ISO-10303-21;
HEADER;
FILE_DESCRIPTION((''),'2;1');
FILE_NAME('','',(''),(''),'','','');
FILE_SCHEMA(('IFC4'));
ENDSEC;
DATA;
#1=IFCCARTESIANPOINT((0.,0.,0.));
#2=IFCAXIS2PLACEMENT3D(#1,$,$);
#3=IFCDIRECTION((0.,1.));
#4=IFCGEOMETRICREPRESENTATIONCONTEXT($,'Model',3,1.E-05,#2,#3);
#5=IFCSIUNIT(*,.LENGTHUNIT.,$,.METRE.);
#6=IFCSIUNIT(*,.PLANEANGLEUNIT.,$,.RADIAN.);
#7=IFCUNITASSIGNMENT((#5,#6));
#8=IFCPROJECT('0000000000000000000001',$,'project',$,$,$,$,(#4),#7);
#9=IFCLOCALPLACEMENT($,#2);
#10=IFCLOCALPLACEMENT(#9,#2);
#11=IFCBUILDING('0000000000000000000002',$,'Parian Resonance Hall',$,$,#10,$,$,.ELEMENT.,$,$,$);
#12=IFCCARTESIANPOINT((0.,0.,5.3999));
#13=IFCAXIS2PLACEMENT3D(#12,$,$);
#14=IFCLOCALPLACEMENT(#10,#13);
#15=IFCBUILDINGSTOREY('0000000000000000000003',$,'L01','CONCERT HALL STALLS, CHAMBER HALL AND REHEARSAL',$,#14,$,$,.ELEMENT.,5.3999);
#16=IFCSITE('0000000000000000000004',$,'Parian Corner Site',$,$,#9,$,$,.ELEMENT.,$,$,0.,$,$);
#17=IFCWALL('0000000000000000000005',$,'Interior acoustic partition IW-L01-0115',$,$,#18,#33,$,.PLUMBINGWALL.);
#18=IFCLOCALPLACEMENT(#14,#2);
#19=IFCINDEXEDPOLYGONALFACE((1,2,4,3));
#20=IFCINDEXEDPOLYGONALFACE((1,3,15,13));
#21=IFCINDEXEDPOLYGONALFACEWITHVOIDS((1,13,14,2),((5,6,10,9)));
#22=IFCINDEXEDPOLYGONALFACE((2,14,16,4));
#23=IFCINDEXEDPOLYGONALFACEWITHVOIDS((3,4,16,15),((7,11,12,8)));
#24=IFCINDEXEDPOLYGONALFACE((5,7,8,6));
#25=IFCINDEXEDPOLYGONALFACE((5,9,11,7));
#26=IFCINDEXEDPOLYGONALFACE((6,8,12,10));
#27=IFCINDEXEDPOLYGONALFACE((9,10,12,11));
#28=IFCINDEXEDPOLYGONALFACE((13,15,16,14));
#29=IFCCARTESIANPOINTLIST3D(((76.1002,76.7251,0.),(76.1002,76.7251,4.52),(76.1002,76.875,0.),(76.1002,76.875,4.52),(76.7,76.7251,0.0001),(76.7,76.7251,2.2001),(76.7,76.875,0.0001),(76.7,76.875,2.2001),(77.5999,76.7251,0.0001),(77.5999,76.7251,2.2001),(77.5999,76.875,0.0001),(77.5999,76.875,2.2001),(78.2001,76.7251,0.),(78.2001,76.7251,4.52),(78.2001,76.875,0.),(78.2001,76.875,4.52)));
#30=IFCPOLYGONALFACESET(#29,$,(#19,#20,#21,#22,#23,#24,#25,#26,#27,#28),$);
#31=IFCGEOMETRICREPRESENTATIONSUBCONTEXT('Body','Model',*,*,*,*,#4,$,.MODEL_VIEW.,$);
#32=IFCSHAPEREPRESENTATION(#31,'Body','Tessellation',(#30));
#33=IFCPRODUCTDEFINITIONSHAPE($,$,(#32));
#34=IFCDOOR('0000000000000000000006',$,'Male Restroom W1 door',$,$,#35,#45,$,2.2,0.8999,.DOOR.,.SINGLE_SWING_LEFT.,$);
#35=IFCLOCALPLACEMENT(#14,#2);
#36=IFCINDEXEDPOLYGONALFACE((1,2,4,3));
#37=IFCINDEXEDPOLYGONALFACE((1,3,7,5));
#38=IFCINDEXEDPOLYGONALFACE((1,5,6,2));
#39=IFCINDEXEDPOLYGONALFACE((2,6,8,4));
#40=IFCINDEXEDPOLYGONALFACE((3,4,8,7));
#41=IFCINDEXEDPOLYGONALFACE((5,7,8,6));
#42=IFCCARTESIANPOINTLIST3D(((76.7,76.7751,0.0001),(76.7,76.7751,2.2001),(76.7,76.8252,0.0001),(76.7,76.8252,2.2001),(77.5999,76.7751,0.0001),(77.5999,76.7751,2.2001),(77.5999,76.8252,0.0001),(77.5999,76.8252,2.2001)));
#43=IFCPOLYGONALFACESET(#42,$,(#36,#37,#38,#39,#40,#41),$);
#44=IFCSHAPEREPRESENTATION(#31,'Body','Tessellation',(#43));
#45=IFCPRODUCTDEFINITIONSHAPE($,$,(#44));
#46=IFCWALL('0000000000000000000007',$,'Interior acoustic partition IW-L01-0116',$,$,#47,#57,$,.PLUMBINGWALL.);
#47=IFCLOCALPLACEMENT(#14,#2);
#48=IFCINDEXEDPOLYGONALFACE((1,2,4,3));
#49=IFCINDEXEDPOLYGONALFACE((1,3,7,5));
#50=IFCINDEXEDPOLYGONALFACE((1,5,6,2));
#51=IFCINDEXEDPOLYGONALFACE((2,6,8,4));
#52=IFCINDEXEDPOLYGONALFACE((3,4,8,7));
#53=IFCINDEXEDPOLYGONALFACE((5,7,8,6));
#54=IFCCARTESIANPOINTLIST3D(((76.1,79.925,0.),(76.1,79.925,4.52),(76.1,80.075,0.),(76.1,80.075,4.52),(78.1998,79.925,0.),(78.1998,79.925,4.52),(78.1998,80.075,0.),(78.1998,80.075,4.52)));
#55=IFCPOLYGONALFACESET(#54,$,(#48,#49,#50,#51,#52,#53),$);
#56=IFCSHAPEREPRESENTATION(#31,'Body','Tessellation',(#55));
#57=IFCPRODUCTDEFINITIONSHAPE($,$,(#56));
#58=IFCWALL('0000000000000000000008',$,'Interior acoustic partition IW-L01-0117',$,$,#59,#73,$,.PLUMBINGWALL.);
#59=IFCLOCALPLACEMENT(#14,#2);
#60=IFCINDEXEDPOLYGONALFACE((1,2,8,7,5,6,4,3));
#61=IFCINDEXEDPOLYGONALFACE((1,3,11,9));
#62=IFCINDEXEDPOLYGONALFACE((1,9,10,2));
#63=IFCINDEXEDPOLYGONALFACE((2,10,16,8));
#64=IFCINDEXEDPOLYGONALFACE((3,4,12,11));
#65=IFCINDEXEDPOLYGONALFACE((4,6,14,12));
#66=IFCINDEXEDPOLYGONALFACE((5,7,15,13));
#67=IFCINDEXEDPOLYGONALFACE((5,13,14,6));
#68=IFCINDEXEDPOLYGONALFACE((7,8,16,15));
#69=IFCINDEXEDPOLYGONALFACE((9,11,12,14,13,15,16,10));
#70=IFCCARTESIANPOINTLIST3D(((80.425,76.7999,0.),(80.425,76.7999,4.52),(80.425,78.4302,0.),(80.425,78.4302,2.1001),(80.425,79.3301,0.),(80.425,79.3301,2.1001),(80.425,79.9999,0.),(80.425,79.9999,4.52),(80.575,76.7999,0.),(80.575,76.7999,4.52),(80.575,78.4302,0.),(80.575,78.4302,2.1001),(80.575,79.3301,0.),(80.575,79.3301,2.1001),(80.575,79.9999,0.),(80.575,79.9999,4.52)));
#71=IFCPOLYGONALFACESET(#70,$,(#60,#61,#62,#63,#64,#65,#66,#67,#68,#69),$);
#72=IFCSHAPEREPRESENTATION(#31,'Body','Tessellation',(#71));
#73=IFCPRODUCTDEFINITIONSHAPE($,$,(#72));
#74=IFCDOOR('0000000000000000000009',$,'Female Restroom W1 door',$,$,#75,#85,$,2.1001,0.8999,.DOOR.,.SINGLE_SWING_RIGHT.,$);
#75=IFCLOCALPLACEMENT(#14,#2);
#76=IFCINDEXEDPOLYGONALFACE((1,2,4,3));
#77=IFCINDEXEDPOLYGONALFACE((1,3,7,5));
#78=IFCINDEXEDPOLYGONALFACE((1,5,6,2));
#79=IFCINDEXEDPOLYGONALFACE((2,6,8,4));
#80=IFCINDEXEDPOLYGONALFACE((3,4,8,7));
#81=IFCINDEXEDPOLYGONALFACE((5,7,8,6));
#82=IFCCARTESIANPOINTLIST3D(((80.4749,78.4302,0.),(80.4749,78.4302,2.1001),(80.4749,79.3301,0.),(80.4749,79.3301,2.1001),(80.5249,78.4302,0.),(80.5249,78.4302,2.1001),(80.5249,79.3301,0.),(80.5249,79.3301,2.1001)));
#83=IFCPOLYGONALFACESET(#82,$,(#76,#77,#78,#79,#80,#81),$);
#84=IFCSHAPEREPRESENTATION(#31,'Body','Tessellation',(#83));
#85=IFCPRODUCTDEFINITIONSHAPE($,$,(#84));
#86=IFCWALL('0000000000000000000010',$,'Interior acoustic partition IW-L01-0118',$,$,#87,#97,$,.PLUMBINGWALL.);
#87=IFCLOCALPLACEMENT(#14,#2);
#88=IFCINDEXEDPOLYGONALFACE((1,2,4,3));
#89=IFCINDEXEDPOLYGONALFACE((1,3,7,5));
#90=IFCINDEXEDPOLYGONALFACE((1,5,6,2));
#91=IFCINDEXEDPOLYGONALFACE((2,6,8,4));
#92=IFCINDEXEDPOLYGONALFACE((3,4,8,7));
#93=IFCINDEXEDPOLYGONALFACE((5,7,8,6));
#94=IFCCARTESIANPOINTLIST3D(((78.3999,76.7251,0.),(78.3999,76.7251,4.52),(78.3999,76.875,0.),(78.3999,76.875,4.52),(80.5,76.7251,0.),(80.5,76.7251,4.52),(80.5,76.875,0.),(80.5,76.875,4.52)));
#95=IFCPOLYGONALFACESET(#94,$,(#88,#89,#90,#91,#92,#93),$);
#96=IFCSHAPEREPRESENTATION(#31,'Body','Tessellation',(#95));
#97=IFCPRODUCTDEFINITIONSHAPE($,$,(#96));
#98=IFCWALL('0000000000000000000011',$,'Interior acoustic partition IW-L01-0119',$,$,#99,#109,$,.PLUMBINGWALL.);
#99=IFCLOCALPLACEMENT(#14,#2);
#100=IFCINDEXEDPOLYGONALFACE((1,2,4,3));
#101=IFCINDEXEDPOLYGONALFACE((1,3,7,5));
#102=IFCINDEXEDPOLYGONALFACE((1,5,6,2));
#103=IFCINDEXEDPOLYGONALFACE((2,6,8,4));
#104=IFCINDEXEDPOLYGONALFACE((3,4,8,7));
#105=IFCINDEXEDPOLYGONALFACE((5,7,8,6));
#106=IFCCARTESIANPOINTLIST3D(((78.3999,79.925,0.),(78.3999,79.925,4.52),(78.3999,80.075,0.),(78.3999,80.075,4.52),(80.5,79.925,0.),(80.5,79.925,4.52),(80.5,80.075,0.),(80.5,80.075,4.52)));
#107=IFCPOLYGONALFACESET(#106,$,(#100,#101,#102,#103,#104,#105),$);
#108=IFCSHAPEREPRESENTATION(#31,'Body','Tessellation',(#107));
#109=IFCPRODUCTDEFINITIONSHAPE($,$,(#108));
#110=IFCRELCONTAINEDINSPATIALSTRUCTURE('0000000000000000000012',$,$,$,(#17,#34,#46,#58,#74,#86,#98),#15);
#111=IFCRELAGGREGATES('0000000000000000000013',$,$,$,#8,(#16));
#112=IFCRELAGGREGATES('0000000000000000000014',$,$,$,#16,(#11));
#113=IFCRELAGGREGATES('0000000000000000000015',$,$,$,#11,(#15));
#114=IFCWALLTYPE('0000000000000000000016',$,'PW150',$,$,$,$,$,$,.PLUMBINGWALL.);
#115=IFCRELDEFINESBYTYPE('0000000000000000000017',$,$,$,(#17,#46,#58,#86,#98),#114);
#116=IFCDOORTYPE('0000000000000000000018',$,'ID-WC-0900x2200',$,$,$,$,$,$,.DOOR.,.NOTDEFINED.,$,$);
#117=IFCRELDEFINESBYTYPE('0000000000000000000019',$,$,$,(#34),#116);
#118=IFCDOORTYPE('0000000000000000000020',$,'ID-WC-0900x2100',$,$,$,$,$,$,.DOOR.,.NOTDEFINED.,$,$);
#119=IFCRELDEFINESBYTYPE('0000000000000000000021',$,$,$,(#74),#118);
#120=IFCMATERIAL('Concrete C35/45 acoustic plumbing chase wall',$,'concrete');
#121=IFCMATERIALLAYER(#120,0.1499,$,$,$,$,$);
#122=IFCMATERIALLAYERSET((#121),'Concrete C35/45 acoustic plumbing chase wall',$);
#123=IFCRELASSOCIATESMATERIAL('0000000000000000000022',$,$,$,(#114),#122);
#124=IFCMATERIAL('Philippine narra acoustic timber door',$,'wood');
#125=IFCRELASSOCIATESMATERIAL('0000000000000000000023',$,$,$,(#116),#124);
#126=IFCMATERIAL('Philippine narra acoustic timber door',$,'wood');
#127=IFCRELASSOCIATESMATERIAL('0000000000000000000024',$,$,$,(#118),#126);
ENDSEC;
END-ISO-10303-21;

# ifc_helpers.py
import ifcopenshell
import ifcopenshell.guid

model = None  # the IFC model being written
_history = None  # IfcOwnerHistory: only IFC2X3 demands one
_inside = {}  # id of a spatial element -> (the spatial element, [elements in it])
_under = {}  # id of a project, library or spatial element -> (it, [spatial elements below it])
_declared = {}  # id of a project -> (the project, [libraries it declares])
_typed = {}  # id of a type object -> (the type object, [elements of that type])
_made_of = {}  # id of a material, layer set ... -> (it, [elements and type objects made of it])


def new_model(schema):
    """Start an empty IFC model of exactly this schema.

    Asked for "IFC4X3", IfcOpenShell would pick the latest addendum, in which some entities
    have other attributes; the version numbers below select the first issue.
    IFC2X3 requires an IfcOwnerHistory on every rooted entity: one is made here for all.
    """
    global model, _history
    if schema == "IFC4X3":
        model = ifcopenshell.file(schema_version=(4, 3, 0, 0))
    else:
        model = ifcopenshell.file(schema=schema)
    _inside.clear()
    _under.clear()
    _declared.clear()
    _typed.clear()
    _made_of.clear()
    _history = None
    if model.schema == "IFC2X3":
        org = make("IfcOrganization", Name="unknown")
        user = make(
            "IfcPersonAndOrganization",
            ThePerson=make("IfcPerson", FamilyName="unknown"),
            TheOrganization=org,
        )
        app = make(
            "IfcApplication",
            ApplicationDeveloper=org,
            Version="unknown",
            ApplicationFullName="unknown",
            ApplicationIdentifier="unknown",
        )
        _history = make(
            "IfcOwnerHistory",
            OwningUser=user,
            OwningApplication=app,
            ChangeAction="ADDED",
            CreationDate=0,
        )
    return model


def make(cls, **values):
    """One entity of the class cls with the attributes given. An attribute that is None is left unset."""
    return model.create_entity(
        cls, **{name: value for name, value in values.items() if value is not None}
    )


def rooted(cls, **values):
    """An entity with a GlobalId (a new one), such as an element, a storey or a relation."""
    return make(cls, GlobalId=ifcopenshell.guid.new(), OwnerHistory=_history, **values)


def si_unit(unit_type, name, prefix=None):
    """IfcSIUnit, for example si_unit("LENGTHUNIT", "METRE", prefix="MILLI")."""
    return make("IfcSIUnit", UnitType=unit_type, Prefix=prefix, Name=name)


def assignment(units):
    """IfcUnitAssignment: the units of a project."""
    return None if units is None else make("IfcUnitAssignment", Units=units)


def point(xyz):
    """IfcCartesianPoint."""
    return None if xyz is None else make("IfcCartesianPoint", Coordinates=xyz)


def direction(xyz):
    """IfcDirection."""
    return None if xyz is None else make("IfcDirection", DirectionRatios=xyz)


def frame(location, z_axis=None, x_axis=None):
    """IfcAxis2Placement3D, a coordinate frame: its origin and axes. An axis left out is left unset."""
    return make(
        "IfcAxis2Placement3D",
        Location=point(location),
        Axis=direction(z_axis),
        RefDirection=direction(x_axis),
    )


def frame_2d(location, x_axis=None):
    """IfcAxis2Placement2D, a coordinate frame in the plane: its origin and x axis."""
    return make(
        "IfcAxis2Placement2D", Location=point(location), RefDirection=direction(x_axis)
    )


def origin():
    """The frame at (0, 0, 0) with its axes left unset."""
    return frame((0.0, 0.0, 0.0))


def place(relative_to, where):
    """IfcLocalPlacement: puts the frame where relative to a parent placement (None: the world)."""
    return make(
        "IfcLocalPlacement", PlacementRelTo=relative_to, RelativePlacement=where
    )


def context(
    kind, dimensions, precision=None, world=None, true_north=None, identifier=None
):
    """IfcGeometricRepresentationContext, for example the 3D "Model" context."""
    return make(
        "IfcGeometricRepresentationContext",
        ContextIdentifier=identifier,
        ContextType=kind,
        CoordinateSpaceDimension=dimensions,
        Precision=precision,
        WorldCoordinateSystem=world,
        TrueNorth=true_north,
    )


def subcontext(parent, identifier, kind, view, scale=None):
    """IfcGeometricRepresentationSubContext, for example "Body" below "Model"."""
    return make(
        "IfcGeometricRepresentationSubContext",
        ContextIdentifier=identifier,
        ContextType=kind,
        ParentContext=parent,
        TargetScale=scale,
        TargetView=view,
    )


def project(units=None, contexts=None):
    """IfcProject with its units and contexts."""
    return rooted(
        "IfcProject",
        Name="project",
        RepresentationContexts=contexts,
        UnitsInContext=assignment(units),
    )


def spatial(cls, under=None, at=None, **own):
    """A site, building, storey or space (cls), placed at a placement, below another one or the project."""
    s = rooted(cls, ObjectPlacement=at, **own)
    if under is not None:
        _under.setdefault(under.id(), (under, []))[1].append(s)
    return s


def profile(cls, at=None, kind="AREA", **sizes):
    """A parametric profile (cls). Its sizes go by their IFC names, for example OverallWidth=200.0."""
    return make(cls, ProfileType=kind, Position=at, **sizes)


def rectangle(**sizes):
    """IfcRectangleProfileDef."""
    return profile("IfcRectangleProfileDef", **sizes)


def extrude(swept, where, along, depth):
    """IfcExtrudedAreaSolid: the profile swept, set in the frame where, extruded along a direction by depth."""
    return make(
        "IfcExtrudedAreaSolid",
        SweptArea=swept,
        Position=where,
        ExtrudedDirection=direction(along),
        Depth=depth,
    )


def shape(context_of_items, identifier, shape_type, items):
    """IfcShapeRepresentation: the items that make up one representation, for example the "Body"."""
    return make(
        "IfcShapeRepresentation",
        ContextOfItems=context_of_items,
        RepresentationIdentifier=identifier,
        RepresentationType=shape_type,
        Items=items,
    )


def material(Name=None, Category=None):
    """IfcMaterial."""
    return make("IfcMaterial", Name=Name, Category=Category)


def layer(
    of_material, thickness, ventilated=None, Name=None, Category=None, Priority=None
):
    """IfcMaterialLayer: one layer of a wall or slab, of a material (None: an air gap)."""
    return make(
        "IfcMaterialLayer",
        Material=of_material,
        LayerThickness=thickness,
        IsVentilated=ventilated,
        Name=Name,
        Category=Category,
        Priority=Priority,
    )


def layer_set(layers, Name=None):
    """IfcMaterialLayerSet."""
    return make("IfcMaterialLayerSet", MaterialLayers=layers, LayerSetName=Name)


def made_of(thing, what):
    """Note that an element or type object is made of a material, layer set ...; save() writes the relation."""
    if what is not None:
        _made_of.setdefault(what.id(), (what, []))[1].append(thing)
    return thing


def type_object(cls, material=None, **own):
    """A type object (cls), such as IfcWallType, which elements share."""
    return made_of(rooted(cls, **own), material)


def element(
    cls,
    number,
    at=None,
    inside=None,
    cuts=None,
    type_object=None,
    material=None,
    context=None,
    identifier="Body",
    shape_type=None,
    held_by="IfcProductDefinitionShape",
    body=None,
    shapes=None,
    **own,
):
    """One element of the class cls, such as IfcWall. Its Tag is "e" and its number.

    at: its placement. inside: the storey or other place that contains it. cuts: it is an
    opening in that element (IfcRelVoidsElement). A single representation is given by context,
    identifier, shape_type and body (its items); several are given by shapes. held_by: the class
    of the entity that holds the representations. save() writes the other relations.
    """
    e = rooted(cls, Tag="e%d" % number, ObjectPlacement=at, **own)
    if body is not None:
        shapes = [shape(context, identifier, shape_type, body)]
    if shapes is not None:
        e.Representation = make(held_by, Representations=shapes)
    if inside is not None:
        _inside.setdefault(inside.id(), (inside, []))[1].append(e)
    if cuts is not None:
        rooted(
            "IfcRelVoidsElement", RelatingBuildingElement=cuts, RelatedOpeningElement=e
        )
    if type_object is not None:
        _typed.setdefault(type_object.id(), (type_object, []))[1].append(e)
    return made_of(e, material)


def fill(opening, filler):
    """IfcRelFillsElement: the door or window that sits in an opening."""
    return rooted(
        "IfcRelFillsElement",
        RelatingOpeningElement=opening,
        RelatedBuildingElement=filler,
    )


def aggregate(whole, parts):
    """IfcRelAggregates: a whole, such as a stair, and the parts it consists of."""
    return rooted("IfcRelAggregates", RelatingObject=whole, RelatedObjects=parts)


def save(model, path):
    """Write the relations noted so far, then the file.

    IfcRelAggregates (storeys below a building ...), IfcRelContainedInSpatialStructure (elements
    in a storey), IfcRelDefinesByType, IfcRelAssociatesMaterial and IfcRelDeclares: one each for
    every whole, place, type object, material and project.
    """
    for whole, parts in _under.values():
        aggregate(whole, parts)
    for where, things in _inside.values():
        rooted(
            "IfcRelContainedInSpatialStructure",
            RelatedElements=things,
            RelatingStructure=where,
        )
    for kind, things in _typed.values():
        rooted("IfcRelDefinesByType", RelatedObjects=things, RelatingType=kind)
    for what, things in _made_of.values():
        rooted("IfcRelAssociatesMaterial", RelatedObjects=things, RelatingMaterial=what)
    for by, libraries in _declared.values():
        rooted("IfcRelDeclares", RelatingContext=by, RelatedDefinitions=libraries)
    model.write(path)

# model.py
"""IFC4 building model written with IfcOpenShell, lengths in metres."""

from ifc_helpers import new_model, si_unit, direction, frame, frame_2d, origin, place, context, subcontext, project, spatial, rectangle, extrude, material, layer, layer_set, type_object, element, fill, save


model = new_model("IFC4")

# Units and contexts
model_context = context("Model", 3, precision=1e-05, world=origin(), true_north=direction((0.0, 1.0)))
body_context = subcontext(model_context, "Body", "Model", "MODEL_VIEW")
ifc_project = project(units=[si_unit("LENGTHUNIT", "METRE"), si_unit("PLANEANGLEUNIT", "RADIAN")], contexts=[model_context])

# Site, building, storey
site_placement = place(None, origin())
site = spatial("IfcSite", under=ifc_project, at=site_placement, Name="Parian Corner Site", CompositionType="ELEMENT", RefElevation=0.0)
building_placement = place(site_placement, origin())
building = spatial("IfcBuilding", under=site, at=building_placement, Name="Parian Resonance Hall", CompositionType="ELEMENT")
storey_placement = place(building_placement, frame((0.0, 0.0, 5.3999)))
storey = spatial("IfcBuildingStorey", under=building, at=storey_placement, Name="L01", Description="CONCERT HALL STALLS, CHAMBER HALL AND REHEARSAL", CompositionType="ELEMENT", Elevation=5.3999)

# Shared definitions
ifc_material_1 = material(Name="Concrete C35/45 acoustic plumbing chase wall", Category="concrete")
ifc_layer_1 = layer(ifc_material_1, 0.1499)
ifc_layer_set_1 = layer_set([ifc_layer_1], Name="Concrete C35/45 acoustic plumbing chase wall")
wall_type_1 = type_object("IfcWallType", Name="PW150", PredefinedType="PLUMBINGWALL", material=ifc_layer_set_1)

# Wall, opening, door
wall_1_placement = place(storey_placement, frame((78.2, 76.8, 0.0), z_axis=(0.0, 0.0, 1.0), x_axis=(-1.0, 0.0, 0.0)))
wall_1 = element("IfcWall", 1, at=wall_1_placement, inside=storey, type_object=wall_type_1, Name="Interior acoustic partition IW-L01-0115", PredefinedType="PLUMBINGWALL", context=body_context, shape_type="SweptSolid", body=[
    extrude(rectangle(XDim=2.0999, YDim=0.1499, at=frame_2d((1.0498, 0.0))), origin(), (0.0, 0.0, 1.0), 4.52),
])
opening_1_placement = place(wall_1_placement, frame((0.6001, 0.0, 0.0)))
opening_1 = element("IfcOpeningElement", 2, at=opening_1_placement, cuts=wall_1, PredefinedType="OPENING", context=body_context, shape_type="SweptSolid", body=[
    extrude(rectangle(XDim=0.8999, YDim=2.2, at=frame_2d((0.45, 1.1001))), frame((0.0, 0.085, 0.0), z_axis=(0.0, -1.0, 0.0), x_axis=(1.0, 0.0, 0.0)), (0.0, 0.0, 1.0), 0.1699),
])
ifc_material_2 = material(Name="Philippine narra acoustic timber door", Category="wood")
door_type_1 = type_object("IfcDoorType", Name="ID-WC-0900x2200", OperationType="NOTDEFINED", PredefinedType="DOOR", material=ifc_material_2)
door_1_placement = place(opening_1_placement, origin())
door_1 = element("IfcDoor", 3, at=door_1_placement, inside=storey, type_object=door_type_1, Name="Male Restroom W1 door", OperationType="SINGLE_SWING_LEFT", OverallHeight=2.2, OverallWidth=0.8999, PredefinedType="DOOR", context=body_context, shape_type="SweptSolid", body=[
    extrude(rectangle(XDim=0.8999, YDim=2.2, at=frame_2d((0.45, 1.1001))), frame((0.0, 0.0249, 0.0), z_axis=(0.0, -1.0, 0.0), x_axis=(1.0, 0.0, 0.0)), (0.0, 0.0, 1.0), 0.05),
])
fill(opening_1, door_1)

# Wall
wall_2_placement = place(storey_placement, frame((76.1001, 80.0, 0.0), z_axis=(0.0, 0.0, 1.0), x_axis=(1.0, 0.0, 0.0)))
element("IfcWall", 4, at=wall_2_placement, inside=storey, type_object=wall_type_1, Name="Interior acoustic partition IW-L01-0116", PredefinedType="PLUMBINGWALL", context=body_context, shape_type="SweptSolid", body=[
    extrude(rectangle(XDim=2.0999, YDim=0.1499, at=frame_2d((1.0498, 0.0))), origin(), (0.0, 0.0, 1.0), 4.52),
])

# Wall, opening, door
wall_3_placement = place(storey_placement, frame((80.5, 80.0, 0.0), z_axis=(0.0, 0.0, 1.0), x_axis=(0.0, -1.0, 0.0)))
wall_3 = element("IfcWall", 5, at=wall_3_placement, inside=storey, type_object=wall_type_1, Name="Interior acoustic partition IW-L01-0117", PredefinedType="PLUMBINGWALL", context=body_context, shape_type="SweptSolid", body=[
    extrude(rectangle(XDim=3.2, YDim=0.1499, at=frame_2d((1.6001, 0.0))), origin(), (0.0, 0.0, 1.0), 4.52),
])
opening_2_placement = place(wall_3_placement, frame((0.6699, 0.0, 0.0)))
opening_2 = element("IfcOpeningElement", 6, at=opening_2_placement, cuts=wall_3, PredefinedType="OPENING", context=body_context, shape_type="SweptSolid", body=[
    extrude(rectangle(XDim=0.8999, YDim=2.1001, at=frame_2d((0.45, 1.05))), frame((0.0, 0.085, 0.0), z_axis=(0.0, -1.0, 0.0), x_axis=(1.0, 0.0, 0.0)), (0.0, 0.0, 1.0), 0.1699),
])
ifc_material_3 = material(Name="Philippine narra acoustic timber door", Category="wood")
door_type_2 = type_object("IfcDoorType", Name="ID-WC-0900x2100", OperationType="NOTDEFINED", PredefinedType="DOOR", material=ifc_material_3)
door_2_placement = place(opening_2_placement, origin())
door_2 = element("IfcDoor", 7, at=door_2_placement, inside=storey, type_object=door_type_2, Name="Female Restroom W1 door", OperationType="SINGLE_SWING_RIGHT", OverallHeight=2.1001, OverallWidth=0.8999, PredefinedType="DOOR", context=body_context, shape_type="SweptSolid", body=[
    extrude(rectangle(XDim=0.8999, YDim=2.1001, at=frame_2d((0.45, 1.05))), frame((0.0, 0.0249, 0.0), z_axis=(0.0, -1.0, 0.0), x_axis=(1.0, 0.0, 0.0)), (0.0, 0.0, 1.0), 0.05),
])
fill(opening_2, door_2)

# Walls
for number, where, z_axis, x_axis, name in (
    (8, (80.5, 76.8, 0.0), (0.0, 0.0, 1.0), (-1.0, 0.0, 0.0), "Interior acoustic partition IW-L01-0118"),
    (9, (78.3999, 80.0, 0.0), (0.0, 0.0, 1.0), (1.0, 0.0, 0.0), "Interior acoustic partition IW-L01-0119"),
):
    element("IfcWall", number, at=place(storey_placement, frame(where, z_axis=z_axis, x_axis=x_axis)), inside=storey, type_object=wall_type_1, Name=name, PredefinedType="PLUMBINGWALL", context=body_context, shape_type="SweptSolid", body=[
        extrude(rectangle(XDim=2.1001, YDim=0.1499, at=frame_2d((1.05, 0.0))), origin(), (0.0, 0.0, 1.0), 4.52),
    ])

save(model, "model.ifc")
